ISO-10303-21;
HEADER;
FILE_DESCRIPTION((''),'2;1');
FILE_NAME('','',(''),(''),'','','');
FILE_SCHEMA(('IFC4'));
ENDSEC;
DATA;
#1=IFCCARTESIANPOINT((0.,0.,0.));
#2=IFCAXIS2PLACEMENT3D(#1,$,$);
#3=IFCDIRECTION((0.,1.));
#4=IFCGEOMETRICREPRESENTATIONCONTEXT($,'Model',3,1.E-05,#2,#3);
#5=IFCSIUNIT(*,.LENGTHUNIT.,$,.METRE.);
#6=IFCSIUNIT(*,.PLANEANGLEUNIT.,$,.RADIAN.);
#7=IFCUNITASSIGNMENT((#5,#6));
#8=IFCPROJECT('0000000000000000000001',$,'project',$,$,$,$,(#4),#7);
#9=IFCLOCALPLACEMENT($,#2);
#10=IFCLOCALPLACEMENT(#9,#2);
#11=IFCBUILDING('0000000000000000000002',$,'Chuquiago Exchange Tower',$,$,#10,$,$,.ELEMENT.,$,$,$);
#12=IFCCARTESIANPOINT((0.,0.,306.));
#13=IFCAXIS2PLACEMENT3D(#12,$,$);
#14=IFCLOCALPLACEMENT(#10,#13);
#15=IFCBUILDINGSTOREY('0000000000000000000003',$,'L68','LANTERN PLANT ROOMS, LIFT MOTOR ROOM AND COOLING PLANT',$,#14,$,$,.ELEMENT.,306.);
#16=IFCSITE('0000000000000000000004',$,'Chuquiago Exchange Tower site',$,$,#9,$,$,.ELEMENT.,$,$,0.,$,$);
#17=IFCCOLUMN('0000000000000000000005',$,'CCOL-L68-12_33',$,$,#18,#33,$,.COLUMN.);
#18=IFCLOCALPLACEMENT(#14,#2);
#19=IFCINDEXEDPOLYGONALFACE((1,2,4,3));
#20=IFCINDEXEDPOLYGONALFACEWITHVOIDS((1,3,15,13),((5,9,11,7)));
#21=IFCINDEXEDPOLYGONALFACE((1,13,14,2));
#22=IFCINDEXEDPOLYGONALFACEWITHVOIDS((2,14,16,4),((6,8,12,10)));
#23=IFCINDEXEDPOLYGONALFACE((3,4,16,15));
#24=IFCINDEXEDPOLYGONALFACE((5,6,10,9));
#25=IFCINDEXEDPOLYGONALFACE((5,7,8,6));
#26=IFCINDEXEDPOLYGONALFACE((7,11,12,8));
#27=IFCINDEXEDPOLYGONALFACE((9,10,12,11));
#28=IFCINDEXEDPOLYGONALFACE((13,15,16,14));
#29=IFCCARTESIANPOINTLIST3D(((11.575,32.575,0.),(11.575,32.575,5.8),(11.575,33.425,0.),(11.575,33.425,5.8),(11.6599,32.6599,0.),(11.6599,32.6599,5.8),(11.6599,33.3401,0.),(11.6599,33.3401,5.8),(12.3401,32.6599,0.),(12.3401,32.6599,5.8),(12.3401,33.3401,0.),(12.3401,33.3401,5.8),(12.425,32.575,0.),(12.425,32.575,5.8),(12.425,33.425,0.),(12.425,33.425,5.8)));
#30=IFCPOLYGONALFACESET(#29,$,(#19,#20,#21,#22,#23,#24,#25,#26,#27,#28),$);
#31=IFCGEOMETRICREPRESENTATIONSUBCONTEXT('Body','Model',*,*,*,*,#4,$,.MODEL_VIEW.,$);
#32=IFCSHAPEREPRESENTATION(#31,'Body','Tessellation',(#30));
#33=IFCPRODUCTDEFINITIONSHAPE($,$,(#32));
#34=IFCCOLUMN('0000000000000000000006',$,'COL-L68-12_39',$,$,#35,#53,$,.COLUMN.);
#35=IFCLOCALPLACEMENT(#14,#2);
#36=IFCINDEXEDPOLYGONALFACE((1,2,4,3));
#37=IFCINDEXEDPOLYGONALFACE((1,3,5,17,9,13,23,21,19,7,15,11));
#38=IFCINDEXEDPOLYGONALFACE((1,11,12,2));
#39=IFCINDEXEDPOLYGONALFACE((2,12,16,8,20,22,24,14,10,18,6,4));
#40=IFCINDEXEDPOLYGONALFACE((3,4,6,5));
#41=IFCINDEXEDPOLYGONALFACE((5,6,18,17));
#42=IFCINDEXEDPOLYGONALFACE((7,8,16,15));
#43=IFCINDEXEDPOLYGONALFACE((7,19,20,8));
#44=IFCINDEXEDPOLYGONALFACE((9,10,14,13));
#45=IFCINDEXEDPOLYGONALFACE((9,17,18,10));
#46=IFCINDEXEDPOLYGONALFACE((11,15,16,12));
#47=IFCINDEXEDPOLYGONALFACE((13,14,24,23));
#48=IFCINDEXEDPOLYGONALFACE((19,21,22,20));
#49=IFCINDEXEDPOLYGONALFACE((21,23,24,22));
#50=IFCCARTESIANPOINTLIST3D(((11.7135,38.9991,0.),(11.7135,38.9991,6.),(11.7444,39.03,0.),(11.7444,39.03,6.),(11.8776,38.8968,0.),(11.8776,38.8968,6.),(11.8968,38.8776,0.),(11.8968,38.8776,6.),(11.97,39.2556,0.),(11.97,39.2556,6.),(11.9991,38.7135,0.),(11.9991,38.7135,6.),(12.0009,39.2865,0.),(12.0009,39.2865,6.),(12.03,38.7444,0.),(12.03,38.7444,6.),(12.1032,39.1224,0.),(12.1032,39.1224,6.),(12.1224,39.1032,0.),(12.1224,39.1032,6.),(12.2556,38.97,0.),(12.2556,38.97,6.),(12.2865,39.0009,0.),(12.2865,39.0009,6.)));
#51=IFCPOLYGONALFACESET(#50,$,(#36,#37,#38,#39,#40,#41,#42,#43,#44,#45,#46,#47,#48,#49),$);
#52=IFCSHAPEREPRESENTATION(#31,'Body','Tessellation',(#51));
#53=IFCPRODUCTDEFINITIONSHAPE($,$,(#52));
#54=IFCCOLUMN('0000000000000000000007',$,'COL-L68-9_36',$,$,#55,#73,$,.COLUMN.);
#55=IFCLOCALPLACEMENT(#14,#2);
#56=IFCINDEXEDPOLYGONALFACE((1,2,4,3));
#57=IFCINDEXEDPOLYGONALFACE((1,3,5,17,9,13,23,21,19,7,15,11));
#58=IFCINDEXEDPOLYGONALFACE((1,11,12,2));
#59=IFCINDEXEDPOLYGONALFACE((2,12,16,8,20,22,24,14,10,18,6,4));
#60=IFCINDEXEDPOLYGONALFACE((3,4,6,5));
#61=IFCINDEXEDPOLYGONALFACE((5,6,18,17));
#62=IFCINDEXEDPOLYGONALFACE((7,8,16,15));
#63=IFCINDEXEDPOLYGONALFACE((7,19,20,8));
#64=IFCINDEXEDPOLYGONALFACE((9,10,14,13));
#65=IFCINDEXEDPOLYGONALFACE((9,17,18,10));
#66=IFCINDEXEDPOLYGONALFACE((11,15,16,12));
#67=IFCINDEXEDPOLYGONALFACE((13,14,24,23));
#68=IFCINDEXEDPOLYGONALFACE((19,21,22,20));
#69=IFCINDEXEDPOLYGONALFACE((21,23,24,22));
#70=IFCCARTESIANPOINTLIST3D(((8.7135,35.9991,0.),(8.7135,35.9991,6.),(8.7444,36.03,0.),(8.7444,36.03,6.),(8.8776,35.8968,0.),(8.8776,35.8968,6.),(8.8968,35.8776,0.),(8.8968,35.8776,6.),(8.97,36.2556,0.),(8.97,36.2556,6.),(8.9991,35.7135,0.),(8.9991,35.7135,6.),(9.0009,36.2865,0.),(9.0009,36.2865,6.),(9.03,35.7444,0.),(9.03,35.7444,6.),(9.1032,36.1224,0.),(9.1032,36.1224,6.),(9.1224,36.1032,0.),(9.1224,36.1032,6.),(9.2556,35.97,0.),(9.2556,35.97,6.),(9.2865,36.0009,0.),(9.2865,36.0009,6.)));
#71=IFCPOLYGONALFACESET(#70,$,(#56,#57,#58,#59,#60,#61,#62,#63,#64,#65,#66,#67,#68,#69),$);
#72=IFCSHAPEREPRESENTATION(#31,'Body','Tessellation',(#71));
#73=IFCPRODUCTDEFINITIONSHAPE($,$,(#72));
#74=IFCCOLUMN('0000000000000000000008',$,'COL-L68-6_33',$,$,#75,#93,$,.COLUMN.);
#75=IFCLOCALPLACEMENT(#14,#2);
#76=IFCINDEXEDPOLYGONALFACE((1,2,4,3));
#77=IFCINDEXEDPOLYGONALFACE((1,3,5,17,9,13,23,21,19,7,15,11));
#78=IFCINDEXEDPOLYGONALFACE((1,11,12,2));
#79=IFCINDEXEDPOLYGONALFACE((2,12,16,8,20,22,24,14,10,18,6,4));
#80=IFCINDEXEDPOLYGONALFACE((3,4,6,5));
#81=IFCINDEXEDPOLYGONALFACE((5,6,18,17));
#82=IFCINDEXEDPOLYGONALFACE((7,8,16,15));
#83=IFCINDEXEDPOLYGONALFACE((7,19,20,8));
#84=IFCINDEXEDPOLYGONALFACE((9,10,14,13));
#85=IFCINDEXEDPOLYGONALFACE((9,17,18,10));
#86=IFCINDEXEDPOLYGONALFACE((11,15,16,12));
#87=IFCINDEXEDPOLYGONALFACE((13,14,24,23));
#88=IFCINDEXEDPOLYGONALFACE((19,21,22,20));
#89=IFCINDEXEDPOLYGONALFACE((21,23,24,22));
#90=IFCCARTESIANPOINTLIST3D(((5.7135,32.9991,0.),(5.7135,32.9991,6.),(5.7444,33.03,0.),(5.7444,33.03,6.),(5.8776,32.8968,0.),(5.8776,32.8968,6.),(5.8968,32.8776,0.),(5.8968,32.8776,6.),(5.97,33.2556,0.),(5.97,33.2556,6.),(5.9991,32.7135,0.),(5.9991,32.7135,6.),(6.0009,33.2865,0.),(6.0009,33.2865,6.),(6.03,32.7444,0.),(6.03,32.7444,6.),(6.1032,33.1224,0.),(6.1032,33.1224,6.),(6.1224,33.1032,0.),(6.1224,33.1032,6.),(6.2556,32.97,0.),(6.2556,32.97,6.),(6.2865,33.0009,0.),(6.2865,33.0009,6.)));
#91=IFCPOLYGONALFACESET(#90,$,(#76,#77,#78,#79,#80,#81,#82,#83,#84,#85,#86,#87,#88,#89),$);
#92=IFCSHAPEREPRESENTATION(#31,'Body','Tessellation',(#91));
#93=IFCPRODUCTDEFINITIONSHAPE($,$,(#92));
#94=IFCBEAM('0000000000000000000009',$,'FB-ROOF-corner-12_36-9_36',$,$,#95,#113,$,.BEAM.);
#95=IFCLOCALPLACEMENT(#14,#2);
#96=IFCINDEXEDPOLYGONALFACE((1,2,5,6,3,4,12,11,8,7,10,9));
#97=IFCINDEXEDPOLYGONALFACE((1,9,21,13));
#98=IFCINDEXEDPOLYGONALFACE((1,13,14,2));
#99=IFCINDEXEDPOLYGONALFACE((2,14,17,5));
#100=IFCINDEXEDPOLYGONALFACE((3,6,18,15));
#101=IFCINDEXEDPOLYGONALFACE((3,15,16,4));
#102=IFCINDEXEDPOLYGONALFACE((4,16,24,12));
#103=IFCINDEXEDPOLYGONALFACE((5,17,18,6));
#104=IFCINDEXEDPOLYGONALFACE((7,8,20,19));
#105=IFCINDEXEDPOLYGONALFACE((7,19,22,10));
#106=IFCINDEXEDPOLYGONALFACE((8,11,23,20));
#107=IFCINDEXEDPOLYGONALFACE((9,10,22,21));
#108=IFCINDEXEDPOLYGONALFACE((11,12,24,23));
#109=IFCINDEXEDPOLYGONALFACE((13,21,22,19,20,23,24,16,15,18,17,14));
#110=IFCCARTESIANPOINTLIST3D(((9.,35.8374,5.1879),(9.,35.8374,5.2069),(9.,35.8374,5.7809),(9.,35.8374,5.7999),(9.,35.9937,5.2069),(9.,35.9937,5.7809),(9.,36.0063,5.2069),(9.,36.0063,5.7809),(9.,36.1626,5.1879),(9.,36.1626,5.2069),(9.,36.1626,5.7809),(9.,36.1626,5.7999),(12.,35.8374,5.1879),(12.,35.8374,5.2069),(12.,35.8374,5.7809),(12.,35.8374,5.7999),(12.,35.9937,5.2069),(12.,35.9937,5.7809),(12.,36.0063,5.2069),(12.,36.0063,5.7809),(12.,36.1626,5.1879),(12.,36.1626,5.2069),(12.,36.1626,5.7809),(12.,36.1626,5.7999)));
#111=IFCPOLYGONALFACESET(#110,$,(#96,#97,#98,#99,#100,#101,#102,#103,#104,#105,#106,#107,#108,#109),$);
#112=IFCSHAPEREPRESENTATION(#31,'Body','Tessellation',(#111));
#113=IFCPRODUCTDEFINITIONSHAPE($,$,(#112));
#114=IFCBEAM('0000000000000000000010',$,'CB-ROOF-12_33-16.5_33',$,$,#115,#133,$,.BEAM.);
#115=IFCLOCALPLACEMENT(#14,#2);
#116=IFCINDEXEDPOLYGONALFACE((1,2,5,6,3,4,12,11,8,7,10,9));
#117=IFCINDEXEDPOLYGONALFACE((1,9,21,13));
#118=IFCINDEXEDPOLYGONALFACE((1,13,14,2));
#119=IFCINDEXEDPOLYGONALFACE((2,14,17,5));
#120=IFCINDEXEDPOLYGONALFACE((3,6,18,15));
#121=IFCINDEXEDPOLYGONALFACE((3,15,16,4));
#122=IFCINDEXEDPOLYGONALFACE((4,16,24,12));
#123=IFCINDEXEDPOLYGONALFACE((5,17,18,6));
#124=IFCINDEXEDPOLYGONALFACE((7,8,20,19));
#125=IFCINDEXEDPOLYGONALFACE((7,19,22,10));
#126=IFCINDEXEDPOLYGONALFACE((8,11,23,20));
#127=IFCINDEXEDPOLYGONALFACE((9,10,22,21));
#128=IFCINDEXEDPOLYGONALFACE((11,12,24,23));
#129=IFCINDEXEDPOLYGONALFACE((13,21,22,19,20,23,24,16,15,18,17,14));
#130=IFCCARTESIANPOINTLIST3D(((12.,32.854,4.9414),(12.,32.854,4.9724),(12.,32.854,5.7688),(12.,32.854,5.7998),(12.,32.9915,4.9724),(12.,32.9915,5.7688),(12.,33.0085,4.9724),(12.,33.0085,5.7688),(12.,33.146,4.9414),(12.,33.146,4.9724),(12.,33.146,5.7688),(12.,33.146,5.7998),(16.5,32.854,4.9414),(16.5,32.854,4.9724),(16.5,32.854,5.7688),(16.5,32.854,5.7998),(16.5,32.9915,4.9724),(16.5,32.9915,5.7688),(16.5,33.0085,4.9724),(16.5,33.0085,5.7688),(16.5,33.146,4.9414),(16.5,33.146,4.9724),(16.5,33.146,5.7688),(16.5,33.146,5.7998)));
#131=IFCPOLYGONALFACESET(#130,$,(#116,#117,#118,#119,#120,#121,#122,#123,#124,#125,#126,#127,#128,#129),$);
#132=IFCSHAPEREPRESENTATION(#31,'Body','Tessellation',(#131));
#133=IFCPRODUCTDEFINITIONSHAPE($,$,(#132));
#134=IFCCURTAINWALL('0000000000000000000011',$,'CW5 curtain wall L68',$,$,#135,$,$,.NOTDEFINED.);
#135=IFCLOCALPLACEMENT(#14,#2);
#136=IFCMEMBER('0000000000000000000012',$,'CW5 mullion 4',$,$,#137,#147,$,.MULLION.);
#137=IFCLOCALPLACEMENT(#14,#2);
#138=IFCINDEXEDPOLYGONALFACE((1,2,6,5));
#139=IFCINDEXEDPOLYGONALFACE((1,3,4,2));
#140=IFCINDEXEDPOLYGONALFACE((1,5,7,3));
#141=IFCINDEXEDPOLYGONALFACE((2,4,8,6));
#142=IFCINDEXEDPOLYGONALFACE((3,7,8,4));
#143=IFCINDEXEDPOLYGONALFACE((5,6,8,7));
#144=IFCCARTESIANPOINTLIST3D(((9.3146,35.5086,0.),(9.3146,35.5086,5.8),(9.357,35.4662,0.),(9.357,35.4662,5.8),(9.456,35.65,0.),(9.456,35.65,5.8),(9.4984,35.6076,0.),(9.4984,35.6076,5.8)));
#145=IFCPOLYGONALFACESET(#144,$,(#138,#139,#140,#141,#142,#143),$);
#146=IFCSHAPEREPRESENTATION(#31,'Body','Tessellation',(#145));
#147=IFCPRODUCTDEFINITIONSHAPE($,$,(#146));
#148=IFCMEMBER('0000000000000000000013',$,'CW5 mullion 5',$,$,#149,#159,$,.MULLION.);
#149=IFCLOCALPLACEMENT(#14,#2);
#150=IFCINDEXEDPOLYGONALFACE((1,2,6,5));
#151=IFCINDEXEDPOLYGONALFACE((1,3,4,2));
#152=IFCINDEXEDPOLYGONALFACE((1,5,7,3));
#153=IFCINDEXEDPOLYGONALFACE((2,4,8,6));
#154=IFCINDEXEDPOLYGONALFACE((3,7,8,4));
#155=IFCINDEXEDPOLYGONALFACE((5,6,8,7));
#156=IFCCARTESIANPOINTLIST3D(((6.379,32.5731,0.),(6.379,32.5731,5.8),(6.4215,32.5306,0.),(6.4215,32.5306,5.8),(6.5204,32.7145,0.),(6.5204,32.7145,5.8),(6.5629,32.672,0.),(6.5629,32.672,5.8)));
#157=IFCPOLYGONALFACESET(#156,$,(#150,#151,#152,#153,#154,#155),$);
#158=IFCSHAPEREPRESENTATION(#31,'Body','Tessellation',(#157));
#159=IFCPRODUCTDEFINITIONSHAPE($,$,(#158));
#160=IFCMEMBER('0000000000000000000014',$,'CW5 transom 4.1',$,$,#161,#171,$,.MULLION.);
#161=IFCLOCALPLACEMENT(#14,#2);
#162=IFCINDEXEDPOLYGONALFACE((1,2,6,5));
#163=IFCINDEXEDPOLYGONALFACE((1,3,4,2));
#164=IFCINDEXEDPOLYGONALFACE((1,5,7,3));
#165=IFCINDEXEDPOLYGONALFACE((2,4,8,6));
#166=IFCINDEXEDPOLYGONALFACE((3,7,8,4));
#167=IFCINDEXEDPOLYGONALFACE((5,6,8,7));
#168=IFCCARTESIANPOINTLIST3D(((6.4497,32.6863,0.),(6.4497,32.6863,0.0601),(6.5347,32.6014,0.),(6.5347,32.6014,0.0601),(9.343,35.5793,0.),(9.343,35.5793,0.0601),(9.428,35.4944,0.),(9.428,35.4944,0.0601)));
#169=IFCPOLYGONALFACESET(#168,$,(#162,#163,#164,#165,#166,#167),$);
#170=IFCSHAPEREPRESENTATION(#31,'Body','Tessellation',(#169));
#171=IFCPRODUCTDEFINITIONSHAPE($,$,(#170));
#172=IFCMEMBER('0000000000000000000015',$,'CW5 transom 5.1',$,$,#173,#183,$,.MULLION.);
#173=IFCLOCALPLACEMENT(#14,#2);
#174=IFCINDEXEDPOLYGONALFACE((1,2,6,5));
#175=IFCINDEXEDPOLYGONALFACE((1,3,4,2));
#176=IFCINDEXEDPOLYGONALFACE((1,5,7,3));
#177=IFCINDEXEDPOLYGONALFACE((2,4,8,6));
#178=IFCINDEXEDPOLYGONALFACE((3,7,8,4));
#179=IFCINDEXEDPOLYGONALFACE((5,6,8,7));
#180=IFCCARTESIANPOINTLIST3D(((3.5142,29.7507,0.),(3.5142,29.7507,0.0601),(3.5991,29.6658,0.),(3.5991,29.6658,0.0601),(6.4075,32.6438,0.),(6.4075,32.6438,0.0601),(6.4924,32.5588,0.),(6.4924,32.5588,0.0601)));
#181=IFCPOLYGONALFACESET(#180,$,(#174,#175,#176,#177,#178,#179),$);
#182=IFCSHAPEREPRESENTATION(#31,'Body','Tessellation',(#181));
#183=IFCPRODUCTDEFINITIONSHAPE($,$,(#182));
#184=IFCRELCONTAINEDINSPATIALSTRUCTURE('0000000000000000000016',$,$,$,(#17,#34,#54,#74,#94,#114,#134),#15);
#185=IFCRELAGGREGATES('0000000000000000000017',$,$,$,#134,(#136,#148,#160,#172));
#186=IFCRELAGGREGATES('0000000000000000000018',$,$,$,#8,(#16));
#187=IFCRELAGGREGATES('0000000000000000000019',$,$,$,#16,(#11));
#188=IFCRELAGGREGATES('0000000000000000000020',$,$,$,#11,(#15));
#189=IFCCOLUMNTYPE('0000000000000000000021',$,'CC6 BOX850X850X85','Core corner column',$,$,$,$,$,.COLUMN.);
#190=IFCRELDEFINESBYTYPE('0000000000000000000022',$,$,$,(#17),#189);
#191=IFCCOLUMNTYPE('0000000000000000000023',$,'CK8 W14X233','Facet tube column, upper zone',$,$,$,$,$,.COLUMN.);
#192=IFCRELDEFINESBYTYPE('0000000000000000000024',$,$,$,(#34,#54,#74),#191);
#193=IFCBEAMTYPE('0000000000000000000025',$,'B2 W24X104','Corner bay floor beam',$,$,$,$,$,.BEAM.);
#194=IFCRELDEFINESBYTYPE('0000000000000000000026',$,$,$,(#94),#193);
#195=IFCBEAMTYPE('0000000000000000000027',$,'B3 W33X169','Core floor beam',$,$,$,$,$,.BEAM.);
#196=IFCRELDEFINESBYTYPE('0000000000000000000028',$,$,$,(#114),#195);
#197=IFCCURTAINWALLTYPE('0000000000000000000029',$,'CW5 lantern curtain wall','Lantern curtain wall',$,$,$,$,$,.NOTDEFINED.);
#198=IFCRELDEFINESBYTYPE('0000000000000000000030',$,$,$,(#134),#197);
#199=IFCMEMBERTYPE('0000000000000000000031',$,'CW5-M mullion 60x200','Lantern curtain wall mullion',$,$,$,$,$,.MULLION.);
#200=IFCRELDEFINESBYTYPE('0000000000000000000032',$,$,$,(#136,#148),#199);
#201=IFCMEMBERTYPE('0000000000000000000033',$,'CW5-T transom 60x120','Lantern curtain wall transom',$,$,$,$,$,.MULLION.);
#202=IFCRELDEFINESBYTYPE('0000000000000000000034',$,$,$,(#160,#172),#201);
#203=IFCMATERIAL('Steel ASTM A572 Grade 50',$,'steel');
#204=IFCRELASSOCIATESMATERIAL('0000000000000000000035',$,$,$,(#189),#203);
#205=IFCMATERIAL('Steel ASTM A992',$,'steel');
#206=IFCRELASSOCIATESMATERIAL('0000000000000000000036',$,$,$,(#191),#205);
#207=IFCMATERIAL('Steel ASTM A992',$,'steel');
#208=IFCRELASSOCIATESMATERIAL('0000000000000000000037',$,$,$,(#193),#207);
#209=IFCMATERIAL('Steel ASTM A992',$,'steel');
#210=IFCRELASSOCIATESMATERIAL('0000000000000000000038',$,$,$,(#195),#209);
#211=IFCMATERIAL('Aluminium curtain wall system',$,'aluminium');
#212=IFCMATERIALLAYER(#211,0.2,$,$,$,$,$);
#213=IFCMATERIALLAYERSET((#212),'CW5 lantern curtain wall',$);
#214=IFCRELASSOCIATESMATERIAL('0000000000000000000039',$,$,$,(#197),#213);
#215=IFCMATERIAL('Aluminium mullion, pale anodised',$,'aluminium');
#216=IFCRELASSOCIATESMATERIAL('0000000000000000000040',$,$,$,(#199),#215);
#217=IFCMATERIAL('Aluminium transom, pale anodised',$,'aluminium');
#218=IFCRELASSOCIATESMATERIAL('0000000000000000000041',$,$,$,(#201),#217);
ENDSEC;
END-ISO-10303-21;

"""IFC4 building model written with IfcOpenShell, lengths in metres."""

from ifc_helpers import new_model, si_unit, direction, frame, origin, origin_2d, place, context, subcontext, project, spatial, rectangle, hollow_rectangle, i_section, extrude, material, layer, layer_set, material_profile, profile_set, type_object, element, aggregate, save


model = new_model("IFC4")

# Units and contexts
model_context = context("Model", 3, precision=1e-05, world=origin(), true_north=direction((0.0, 1.0)))
body_context = subcontext(model_context, "Body", "Model", "MODEL_VIEW")
ifc_project = project(units=[si_unit("LENGTHUNIT", "METRE"), si_unit("PLANEANGLEUNIT", "RADIAN")], contexts=[model_context])

# Site, building, storey
site_placement = place(None, origin())
site = spatial("IfcSite", under=ifc_project, at=site_placement, Name="Chuquiago Exchange Tower site", CompositionType="ELEMENT", RefElevation=0.0)
building_placement = place(site_placement, origin())
building = spatial("IfcBuilding", under=site, at=building_placement, Name="Chuquiago Exchange Tower", CompositionType="ELEMENT")
storey_placement = place(building_placement, frame((0.0, 0.0, 306.0)))
storey = spatial("IfcBuildingStorey", under=building, at=storey_placement, Name="L68", Description="LANTERN PLANT ROOMS, LIFT MOTOR ROOM AND COOLING PLANT", CompositionType="ELEMENT", Elevation=306.0)

# Columns
ifc_material_1 = material(Name="Steel ASTM A572 Grade 50", Category="steel")
ifc_material_profile_1 = material_profile(ifc_material_1, hollow_rectangle(XDim=0.8501, YDim=0.8501, WallThickness=0.085, at=origin_2d()), Name="BOX850X850X85")
ifc_profile_set_1 = profile_set([ifc_material_profile_1], Name="Steel ASTM A572 Grade 50")
column_type_1 = type_object("IfcColumnType", Name="CC6 BOX850X850X85", Description="Core corner column", PredefinedType="COLUMN", material=ifc_profile_set_1)
column_placement = place(storey_placement, frame((12.0, 33.0, 0.0), z_axis=(0.0, 0.0, 1.0), x_axis=(1.0, 0.0, 0.0)))
element("IfcColumn", 1, at=column_placement, inside=storey, type_object=column_type_1, Name="CCOL-L68-12_33", PredefinedType="COLUMN", context=body_context, shape_type="SweptSolid", body=[
    extrude(hollow_rectangle(XDim=0.8501, YDim=0.8501, WallThickness=0.085, at=origin_2d()), origin(), (0.0, 0.0, 1.0), 5.8),
])
ifc_material_2 = material(Name="Steel ASTM A992", Category="steel")
ifc_material_profile_2 = material_profile(ifc_material_2, i_section(OverallWidth=0.4038, OverallDepth=0.4065, WebThickness=0.0271, FlangeThickness=0.0437, at=origin_2d()), Name="W14X233")
ifc_profile_set_2 = profile_set([ifc_material_profile_2], Name="Steel ASTM A992")
column_type_2 = type_object("IfcColumnType", Name="CK8 W14X233", Description="Facet tube column, upper zone", PredefinedType="COLUMN", material=ifc_profile_set_2)
for number, where, z_axis, x_axis, name in (
    (2, (12.0, 39.0, 0.0), (0.0, 0.0, 1.0), (-0.707107, 0.707107, 0.0), "COL-L68-12_39"),
    (3, (9.0, 36.0, 0.0), (0.0, 0.0, 1.0), (-0.707107, 0.707107, 0.0), "COL-L68-9_36"),
    (4, (6.0, 33.0, 0.0), (0.0, 0.0, 1.0), (-0.707107, 0.707107, 0.0), "COL-L68-6_33"),
):
    element("IfcColumn", number, at=place(storey_placement, frame(where, z_axis=z_axis, x_axis=x_axis)), inside=storey, type_object=column_type_2, Name=name, PredefinedType="COLUMN", context=body_context, shape_type="SweptSolid", body=[
        extrude(i_section(OverallWidth=0.4038, OverallDepth=0.4065, WebThickness=0.0271, FlangeThickness=0.0437, at=origin_2d()), origin(), (0.0, 0.0, 1.0), 6.0),
    ])

# Beams
ifc_material_3 = material(Name="Steel ASTM A992", Category="steel")
ifc_material_profile_3 = material_profile(ifc_material_3, i_section(OverallWidth=0.3252, OverallDepth=0.6121, WebThickness=0.0127, FlangeThickness=0.019, at=origin_2d()), Name="W24X104")
ifc_profile_set_3 = profile_set([ifc_material_profile_3], Name="Steel ASTM A992")
beam_type_1 = type_object("IfcBeamType", Name="B2 W24X104", Description="Corner bay floor beam", PredefinedType="BEAM", material=ifc_profile_set_3)
beam_1_placement = place(storey_placement, frame((12.0, 36.0, 5.4939), z_axis=(-1.0, 0.0, 0.0), x_axis=(0.0, -1.0, 0.0)))
element("IfcBeam", 5, at=beam_1_placement, inside=storey, type_object=beam_type_1, Name="FB-ROOF-corner-12_36-9_36", PredefinedType="BEAM", context=body_context, shape_type="SweptSolid", body=[
    extrude(i_section(OverallWidth=0.3252, OverallDepth=0.6121, WebThickness=0.0127, FlangeThickness=0.019, at=origin_2d()), origin(), (0.0, 0.0, 1.0), 3.0),
])
ifc_material_4 = material(Name="Steel ASTM A992", Category="steel")
ifc_material_profile_4 = material_profile(ifc_material_4, i_section(OverallWidth=0.292, OverallDepth=0.8584, WebThickness=0.0171, FlangeThickness=0.031, at=origin_2d()), Name="W33X169")
ifc_profile_set_4 = profile_set([ifc_material_profile_4], Name="Steel ASTM A992")
beam_type_2 = type_object("IfcBeamType", Name="B3 W33X169", Description="Core floor beam", PredefinedType="BEAM", material=ifc_profile_set_4)
beam_2_placement = place(storey_placement, frame((12.0, 33.0, 5.3706), z_axis=(1.0, 0.0, 0.0), x_axis=(0.0, 1.0, 0.0)))
element("IfcBeam", 6, at=beam_2_placement, inside=storey, type_object=beam_type_2, Name="CB-ROOF-12_33-16.5_33", PredefinedType="BEAM", context=body_context, shape_type="SweptSolid", body=[
    extrude(i_section(OverallWidth=0.292, OverallDepth=0.8584, WebThickness=0.0171, FlangeThickness=0.031, at=origin_2d()), origin(), (0.0, 0.0, 1.0), 4.5),
])

# Curtain wall, members
ifc_material_5 = material(Name="Aluminium curtain wall system", Category="aluminium")
ifc_layer_1 = layer(ifc_material_5, 0.2)
ifc_layer_set_1 = layer_set([ifc_layer_1], Name="CW5 lantern curtain wall")
curtain_wall_type = type_object("IfcCurtainWallType", Name="CW5 lantern curtain wall", Description="Lantern curtain wall", PredefinedType="NOTDEFINED", material=ifc_layer_set_1)
curtain_wall_placement = place(storey_placement, origin())
curtain_wall = element("IfcCurtainWall", 7, at=curtain_wall_placement, inside=storey, type_object=curtain_wall_type, Name="CW5 curtain wall L68", PredefinedType="NOTDEFINED")
ifc_material_6 = material(Name="Aluminium mullion, pale anodised", Category="aluminium")
ifc_material_profile_5 = material_profile(ifc_material_6, rectangle(XDim=0.0601, YDim=0.2, at=origin_2d()), Name="AL 60x200")
ifc_profile_set_5 = profile_set([ifc_material_profile_5], Name="Aluminium mullion, pale anodised")
member_type_1 = type_object("IfcMemberType", Name="CW5-M mullion 60x200", Description="Lantern curtain wall mullion", PredefinedType="MULLION", material=ifc_profile_set_5)
member_1_placement = place(storey_placement, frame((9.4065, 35.5581, 0.0), z_axis=(0.0, 0.0, 1.0), x_axis=(0.707105, -0.707109, 0.0)))
member_1 = element("IfcMember", 8, at=member_1_placement, type_object=member_type_1, Name="CW5 mullion 4", PredefinedType="MULLION", context=body_context, shape_type="SweptSolid", body=[
    extrude(rectangle(XDim=0.0601, YDim=0.2, at=origin_2d()), origin(), (0.0, 0.0, 1.0), 5.8),
])
member_2_placement = place(storey_placement, frame((6.4709, 32.6226, 0.0), z_axis=(0.0, 0.0, 1.0), x_axis=(0.707105, -0.707109, 0.0)))
member_2 = element("IfcMember", 9, at=member_2_placement, type_object=member_type_1, Name="CW5 mullion 5", PredefinedType="MULLION", context=body_context, shape_type="SweptSolid", body=[
    extrude(rectangle(XDim=0.0601, YDim=0.2, at=origin_2d()), origin(), (0.0, 0.0, 1.0), 5.8),
])
ifc_material_7 = material(Name="Aluminium transom, pale anodised", Category="aluminium")
ifc_material_profile_6 = material_profile(ifc_material_7, rectangle(XDim=0.1201, YDim=0.0601, at=origin_2d()), Name="AL 120x60")
ifc_profile_set_6 = profile_set([ifc_material_profile_6], Name="Aluminium transom, pale anodised")
member_type_2 = type_object("IfcMemberType", Name="CW5-T transom 60x120", Description="Lantern curtain wall transom", PredefinedType="MULLION", material=ifc_profile_set_6)
member_3_placement = place(storey_placement, frame((9.3855, 35.5369, 0.03), z_axis=(-0.707137, -0.707077, 0.0), x_axis=(0.707077, -0.707137, 0.0)))
member_3 = element("IfcMember", 10, at=member_3_placement, type_object=member_type_2, Name="CW5 transom 4.1", PredefinedType="MULLION", context=body_context, shape_type="SweptSolid", body=[
    extrude(rectangle(XDim=0.1201, YDim=0.0601, at=origin_2d()), origin(), (0.0, 0.0, 1.0), 4.0916),
])
member_4_placement = place(storey_placement, frame((6.45, 32.6013, 0.03), z_axis=(-0.707137, -0.707077, 0.0), x_axis=(0.707077, -0.707137, 0.0)))
member_4 = element("IfcMember", 11, at=member_4_placement, type_object=member_type_2, Name="CW5 transom 5.1", PredefinedType="MULLION", context=body_context, shape_type="SweptSolid", body=[
    extrude(rectangle(XDim=0.1201, YDim=0.0601, at=origin_2d()), origin(), (0.0, 0.0, 1.0), 4.0916),
])

aggregate(curtain_wall, [member_1, member_2, member_3, member_4])

save(model, "model.ifc")
